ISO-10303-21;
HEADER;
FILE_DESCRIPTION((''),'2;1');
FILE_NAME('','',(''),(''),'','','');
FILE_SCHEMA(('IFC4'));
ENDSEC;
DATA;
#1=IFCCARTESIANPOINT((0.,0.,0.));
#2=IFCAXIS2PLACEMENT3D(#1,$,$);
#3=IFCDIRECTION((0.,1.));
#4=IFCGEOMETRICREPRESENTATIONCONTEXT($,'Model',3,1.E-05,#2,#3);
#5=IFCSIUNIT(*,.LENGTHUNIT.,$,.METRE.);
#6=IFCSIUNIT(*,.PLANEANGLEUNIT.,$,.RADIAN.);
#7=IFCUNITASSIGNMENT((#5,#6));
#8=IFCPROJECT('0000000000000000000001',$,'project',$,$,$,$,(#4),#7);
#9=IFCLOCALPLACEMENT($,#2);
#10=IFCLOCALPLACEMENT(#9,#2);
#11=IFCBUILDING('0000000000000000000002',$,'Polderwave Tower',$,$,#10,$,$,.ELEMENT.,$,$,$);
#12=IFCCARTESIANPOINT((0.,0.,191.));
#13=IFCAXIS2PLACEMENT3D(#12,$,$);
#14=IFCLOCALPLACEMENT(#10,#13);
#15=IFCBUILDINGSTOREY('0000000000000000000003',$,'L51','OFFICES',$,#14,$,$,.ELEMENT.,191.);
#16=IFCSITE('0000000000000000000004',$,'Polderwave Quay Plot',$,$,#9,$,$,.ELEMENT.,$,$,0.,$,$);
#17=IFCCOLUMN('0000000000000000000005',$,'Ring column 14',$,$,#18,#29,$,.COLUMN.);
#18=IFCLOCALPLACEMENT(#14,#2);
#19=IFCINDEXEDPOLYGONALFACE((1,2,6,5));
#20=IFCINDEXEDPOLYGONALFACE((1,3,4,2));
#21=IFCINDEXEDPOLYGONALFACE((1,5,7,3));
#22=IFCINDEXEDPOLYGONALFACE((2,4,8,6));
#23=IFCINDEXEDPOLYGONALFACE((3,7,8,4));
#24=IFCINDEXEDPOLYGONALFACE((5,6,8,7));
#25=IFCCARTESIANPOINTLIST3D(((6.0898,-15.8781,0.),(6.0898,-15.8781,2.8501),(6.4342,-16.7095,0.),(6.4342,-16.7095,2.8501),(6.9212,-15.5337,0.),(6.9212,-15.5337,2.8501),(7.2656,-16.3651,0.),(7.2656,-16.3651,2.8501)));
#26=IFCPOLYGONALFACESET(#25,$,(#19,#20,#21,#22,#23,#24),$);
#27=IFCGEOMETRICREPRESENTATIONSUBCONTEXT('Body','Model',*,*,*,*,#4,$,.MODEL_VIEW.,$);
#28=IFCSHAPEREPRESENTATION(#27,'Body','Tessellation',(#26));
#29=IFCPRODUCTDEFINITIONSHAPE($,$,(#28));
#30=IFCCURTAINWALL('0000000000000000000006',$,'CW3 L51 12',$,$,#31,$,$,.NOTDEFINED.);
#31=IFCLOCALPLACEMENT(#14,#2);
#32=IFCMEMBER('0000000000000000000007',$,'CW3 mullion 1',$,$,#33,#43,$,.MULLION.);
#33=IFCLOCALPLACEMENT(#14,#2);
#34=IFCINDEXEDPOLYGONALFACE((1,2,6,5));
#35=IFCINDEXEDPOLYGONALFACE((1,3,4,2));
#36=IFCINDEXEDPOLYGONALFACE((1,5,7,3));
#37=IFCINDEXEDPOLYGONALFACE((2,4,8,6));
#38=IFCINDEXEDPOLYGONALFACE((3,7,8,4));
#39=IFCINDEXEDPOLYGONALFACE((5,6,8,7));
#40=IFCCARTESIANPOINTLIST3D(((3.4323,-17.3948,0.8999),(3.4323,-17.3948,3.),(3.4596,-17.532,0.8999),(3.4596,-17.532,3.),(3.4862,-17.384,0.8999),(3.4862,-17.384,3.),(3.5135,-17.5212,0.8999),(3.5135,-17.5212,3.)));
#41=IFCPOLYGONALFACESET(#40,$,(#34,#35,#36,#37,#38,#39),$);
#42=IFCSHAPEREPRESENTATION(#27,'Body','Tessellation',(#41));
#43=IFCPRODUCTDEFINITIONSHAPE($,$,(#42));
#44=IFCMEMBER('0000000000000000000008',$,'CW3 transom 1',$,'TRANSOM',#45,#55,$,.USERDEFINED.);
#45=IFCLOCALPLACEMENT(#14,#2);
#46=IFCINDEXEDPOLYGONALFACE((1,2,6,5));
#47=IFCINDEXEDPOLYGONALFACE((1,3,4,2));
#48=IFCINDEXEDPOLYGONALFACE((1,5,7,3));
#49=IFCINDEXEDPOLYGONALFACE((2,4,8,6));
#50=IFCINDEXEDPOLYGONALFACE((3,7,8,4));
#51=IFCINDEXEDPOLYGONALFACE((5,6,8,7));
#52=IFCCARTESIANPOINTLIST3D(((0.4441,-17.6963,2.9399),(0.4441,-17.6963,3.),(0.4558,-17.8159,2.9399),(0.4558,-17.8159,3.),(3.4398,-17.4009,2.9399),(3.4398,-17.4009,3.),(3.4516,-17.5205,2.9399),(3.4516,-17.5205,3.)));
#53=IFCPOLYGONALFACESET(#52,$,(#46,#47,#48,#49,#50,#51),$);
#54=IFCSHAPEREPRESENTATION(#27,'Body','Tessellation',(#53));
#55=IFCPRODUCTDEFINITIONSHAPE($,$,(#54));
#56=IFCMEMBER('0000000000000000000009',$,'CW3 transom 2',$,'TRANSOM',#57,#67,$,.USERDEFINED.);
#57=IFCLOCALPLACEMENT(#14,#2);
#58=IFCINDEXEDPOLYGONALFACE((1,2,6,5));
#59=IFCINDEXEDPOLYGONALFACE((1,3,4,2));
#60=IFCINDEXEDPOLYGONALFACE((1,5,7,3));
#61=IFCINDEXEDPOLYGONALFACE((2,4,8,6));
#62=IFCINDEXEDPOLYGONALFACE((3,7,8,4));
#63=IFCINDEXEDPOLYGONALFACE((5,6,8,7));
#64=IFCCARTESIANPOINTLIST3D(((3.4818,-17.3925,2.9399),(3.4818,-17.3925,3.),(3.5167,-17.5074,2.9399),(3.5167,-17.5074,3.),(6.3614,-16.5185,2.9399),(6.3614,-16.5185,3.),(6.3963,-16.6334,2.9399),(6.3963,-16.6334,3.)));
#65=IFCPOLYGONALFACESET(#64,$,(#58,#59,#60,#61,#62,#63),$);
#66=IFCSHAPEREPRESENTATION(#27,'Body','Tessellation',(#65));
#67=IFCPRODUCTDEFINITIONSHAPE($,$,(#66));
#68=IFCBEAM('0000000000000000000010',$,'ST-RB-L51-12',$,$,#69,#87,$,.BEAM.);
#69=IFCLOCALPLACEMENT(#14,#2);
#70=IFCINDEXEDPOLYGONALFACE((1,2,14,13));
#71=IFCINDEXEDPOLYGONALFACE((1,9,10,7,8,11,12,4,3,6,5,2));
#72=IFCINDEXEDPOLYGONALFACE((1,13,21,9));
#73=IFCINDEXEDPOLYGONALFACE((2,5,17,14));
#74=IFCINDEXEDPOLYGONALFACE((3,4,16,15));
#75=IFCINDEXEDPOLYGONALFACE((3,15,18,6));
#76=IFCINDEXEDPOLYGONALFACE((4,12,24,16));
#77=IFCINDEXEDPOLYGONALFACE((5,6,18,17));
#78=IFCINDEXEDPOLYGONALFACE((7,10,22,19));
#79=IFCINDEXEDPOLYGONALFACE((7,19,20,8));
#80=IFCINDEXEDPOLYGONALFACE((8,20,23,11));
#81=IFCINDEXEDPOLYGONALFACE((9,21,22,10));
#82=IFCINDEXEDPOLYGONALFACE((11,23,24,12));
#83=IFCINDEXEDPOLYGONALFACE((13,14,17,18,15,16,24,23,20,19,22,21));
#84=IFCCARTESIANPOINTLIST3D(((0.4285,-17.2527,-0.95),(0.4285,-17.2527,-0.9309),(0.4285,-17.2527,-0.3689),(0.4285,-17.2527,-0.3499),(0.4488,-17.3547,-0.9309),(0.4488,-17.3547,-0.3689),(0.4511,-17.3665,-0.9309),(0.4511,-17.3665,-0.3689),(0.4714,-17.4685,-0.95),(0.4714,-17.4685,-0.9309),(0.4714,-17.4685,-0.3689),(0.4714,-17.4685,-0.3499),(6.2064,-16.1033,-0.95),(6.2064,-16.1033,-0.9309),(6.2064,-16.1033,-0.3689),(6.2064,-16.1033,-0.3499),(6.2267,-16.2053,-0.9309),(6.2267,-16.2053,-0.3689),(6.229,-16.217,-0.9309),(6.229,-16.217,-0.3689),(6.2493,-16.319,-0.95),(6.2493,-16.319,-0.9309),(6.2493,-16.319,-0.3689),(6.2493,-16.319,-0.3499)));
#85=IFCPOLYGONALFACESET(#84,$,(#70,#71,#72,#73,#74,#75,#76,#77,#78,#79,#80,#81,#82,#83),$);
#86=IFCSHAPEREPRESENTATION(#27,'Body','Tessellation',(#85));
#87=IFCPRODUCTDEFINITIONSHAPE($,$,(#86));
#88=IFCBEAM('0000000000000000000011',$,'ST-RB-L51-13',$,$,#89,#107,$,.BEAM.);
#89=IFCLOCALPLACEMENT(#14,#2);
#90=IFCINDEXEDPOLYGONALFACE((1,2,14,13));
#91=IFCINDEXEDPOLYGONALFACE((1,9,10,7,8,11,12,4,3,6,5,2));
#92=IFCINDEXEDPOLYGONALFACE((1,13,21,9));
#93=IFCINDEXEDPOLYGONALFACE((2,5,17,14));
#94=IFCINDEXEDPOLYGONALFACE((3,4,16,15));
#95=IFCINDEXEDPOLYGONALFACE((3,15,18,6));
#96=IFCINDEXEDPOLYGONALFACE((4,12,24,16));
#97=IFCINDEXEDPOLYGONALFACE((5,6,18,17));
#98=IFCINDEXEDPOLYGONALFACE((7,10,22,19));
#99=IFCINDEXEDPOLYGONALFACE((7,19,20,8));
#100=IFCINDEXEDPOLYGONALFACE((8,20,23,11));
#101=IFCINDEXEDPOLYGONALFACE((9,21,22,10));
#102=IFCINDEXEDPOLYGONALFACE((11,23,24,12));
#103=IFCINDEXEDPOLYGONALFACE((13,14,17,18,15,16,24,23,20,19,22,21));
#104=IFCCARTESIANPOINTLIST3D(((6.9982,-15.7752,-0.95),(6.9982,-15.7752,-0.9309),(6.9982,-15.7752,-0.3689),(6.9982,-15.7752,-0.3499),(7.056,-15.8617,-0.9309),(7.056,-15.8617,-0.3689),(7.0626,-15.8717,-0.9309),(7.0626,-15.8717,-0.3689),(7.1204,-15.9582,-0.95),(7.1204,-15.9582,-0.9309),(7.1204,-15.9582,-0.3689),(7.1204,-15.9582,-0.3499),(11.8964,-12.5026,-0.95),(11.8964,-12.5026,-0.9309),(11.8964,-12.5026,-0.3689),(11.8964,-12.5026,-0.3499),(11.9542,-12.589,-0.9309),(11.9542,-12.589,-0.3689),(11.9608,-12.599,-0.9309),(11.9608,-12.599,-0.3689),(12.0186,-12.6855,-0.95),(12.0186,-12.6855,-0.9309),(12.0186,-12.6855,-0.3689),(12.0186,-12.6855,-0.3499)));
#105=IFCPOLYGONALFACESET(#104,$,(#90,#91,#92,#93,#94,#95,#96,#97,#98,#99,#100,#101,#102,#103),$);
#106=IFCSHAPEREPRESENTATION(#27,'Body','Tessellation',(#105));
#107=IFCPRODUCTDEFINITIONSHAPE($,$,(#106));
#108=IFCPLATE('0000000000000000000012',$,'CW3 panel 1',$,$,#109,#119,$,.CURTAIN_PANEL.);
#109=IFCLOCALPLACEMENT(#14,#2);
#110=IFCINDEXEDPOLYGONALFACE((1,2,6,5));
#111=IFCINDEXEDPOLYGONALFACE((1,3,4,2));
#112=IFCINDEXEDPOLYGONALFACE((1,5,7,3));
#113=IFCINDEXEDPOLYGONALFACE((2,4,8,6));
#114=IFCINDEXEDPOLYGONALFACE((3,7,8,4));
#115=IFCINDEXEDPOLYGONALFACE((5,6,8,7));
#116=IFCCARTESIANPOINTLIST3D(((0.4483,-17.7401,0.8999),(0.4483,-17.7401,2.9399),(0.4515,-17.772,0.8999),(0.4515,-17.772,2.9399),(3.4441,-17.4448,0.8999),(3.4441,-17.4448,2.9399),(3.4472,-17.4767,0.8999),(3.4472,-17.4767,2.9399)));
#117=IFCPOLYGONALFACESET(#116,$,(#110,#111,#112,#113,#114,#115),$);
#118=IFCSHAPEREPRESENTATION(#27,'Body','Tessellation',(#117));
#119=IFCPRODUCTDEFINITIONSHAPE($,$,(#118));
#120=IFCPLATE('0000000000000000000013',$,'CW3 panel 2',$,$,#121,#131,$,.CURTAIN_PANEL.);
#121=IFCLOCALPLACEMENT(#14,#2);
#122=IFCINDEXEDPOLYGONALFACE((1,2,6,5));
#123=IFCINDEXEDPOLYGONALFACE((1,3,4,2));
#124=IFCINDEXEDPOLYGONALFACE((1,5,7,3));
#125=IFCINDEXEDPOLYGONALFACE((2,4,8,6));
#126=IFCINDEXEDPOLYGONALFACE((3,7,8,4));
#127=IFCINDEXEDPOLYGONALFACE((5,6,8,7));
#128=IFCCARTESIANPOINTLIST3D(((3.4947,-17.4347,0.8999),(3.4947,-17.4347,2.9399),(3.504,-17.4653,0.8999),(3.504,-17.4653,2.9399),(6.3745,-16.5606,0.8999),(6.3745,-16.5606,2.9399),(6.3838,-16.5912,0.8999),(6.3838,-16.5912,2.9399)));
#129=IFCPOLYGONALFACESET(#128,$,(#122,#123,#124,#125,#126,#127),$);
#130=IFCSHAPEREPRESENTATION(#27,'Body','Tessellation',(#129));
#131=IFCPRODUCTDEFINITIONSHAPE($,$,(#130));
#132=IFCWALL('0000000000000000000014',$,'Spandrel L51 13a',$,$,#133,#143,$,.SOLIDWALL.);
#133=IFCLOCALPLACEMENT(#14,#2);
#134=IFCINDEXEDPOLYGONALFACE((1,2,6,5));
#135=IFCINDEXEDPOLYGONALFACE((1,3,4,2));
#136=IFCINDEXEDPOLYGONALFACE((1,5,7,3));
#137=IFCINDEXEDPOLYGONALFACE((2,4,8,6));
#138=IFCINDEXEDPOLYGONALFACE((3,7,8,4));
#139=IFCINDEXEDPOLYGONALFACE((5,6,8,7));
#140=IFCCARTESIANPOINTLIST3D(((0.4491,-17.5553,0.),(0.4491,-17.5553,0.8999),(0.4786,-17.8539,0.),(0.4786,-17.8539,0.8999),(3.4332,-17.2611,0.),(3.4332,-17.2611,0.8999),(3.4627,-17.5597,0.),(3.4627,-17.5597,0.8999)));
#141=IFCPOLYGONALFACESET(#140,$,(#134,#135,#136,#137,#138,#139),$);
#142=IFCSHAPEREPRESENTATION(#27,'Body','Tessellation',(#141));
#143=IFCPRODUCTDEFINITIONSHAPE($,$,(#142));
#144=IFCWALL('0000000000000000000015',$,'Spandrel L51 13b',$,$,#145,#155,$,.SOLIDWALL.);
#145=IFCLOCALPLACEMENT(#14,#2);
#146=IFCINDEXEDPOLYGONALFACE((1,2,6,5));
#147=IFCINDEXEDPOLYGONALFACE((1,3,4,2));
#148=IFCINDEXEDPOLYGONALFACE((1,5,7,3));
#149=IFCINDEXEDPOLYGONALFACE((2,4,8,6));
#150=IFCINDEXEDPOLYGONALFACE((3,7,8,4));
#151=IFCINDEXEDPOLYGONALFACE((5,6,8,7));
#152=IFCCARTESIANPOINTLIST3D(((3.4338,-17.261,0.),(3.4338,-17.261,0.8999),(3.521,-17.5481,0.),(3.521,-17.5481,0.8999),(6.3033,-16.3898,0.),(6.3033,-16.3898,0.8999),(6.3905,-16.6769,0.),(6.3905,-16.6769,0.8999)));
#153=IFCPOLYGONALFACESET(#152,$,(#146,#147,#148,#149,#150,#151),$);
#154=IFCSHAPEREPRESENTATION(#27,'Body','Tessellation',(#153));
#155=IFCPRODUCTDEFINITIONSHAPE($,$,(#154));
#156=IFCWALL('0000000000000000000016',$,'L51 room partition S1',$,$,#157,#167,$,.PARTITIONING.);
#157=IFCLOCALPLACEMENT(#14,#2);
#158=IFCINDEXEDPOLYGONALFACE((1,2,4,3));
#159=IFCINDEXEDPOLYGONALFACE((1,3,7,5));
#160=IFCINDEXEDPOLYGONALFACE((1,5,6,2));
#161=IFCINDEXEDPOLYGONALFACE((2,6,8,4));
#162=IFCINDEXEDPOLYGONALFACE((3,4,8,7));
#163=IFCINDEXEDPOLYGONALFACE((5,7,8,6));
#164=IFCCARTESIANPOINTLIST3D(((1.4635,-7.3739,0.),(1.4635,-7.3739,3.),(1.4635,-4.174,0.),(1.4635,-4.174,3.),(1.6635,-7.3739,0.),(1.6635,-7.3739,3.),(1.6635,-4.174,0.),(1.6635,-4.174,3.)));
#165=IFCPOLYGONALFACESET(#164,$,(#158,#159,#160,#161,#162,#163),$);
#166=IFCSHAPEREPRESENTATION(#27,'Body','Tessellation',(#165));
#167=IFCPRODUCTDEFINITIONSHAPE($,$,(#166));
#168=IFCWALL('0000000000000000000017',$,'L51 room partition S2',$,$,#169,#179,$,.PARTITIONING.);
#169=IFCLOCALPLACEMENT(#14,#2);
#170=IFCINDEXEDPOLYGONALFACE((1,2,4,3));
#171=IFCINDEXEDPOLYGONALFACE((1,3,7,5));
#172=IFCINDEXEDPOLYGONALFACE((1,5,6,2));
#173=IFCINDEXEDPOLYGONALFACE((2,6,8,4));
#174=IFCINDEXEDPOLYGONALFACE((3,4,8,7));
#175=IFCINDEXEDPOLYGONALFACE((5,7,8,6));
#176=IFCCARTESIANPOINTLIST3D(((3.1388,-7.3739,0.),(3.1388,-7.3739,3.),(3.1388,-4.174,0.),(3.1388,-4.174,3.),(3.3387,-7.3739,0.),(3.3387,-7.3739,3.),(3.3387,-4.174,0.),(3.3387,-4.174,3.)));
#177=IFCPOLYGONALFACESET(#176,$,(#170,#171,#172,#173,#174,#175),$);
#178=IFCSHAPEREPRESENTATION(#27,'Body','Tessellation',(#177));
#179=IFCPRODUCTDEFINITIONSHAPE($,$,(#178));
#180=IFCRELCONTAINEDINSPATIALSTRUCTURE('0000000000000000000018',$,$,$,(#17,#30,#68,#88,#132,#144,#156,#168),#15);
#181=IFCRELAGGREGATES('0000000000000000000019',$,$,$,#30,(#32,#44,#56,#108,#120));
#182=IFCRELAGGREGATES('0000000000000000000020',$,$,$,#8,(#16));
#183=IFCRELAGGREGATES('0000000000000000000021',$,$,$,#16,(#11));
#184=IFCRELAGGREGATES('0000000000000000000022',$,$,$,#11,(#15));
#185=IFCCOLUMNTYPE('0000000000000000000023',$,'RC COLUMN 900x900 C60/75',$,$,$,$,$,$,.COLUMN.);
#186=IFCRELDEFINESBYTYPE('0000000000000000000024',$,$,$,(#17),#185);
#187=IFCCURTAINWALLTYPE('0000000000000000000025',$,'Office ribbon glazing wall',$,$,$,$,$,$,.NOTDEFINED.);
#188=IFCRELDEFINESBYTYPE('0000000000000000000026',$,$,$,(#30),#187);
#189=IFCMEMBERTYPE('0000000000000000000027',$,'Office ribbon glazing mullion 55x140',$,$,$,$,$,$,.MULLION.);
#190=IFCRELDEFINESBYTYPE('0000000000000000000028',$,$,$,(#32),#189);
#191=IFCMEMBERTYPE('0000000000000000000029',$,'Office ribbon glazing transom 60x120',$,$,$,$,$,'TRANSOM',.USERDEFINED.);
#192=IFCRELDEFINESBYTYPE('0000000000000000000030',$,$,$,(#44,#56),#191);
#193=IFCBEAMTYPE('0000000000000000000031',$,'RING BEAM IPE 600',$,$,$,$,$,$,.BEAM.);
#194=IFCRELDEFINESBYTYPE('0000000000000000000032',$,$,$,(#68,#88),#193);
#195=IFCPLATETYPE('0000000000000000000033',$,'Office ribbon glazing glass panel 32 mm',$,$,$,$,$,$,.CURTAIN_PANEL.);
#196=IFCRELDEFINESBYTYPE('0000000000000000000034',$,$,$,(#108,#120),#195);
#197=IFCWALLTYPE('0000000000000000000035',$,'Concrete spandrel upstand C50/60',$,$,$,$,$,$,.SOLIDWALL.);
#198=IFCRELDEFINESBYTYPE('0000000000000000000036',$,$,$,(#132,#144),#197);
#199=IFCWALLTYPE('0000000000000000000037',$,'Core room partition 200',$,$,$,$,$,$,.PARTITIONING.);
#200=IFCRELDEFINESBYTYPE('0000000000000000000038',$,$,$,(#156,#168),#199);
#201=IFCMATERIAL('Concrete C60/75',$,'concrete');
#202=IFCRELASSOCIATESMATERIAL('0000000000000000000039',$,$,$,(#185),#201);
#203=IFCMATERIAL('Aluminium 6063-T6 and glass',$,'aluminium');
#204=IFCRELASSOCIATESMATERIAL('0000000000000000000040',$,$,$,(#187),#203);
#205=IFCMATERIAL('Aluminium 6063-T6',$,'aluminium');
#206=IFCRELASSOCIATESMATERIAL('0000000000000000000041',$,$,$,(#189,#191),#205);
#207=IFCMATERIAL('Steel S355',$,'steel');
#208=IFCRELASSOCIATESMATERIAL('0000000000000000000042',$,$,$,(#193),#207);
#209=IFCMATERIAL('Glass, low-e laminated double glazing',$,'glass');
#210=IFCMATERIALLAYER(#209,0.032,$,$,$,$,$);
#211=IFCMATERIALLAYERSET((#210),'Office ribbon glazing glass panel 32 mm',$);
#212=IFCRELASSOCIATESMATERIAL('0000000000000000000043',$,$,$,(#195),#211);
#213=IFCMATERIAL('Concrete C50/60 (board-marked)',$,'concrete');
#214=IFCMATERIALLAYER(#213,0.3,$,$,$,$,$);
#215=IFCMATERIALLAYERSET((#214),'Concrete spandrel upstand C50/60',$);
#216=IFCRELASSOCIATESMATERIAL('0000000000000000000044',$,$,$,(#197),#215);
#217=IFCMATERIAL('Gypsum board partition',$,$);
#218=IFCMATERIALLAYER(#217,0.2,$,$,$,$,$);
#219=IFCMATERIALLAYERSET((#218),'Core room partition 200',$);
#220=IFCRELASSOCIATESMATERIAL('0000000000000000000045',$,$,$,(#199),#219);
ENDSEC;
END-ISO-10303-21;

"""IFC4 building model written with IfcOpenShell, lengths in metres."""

from ifc_helpers import new_model, si_unit, direction, frame, frame_2d, origin, origin_2d, place, context, subcontext, project, spatial, rectangle, i_section, extrude, material, layer, layer_set, material_profile, profile_set, type_object, element, aggregate, save


model = new_model("IFC4")

# Units and contexts
model_context = context("Model", 3, precision=1e-05, world=origin(), true_north=direction((0.0, 1.0)))
body_context = subcontext(model_context, "Body", "Model", "MODEL_VIEW")
ifc_project = project(units=[si_unit("LENGTHUNIT", "METRE"), si_unit("PLANEANGLEUNIT", "RADIAN")], contexts=[model_context])

# Site, building, storey
site_placement = place(None, origin())
site = spatial("IfcSite", under=ifc_project, at=site_placement, Name="Polderwave Quay Plot", CompositionType="ELEMENT", RefElevation=0.0)
building_placement = place(site_placement, origin())
building = spatial("IfcBuilding", under=site, at=building_placement, Name="Polderwave Tower", CompositionType="ELEMENT")
storey_placement = place(building_placement, frame((0.0, 0.0, 191.0)))
storey = spatial("IfcBuildingStorey", under=building, at=storey_placement, Name="L51", Description="OFFICES", CompositionType="ELEMENT", Elevation=191.0)

# Column
ifc_material_1 = material(Name="Concrete C60/75", Category="concrete")
ifc_material_profile_1 = material_profile(ifc_material_1, rectangle(XDim=0.8999, YDim=0.8999, at=origin_2d()), Name="RC 900x900")
ifc_profile_set_1 = profile_set([ifc_material_profile_1], Name="Concrete C60/75")
column_type = type_object("IfcColumnType", Name="RC COLUMN 900x900 C60/75", PredefinedType="COLUMN", material=ifc_profile_set_1)
column_placement = place(storey_placement, frame((6.6777, -16.1216, 0.0), z_axis=(0.0, 0.0, 1.0), x_axis=(0.382683, -0.92388, 0.0)))
element("IfcColumn", 1, at=column_placement, inside=storey, type_object=column_type, Name="Ring column 14", PredefinedType="COLUMN", context=body_context, shape_type="SweptSolid", body=[
    extrude(rectangle(XDim=0.8999, YDim=0.8999, at=origin_2d()), origin(), (0.0, 0.0, 1.0), 2.8501),
])

# Curtain wall, members
ifc_material_2 = material(Name="Aluminium 6063-T6 and glass", Category="aluminium")
curtain_wall_type = type_object("IfcCurtainWallType", Name="Office ribbon glazing wall", PredefinedType="NOTDEFINED", material=ifc_material_2)
curtain_wall_placement = place(storey_placement, origin())
curtain_wall = element("IfcCurtainWall", 2, at=curtain_wall_placement, inside=storey, type_object=curtain_wall_type, Name="CW3 L51 12", PredefinedType="NOTDEFINED")
ifc_material_3 = material(Name="Aluminium 6063-T6", Category="aluminium")
ifc_material_profile_2 = material_profile(ifc_material_3, rectangle(XDim=0.1399, YDim=0.0549, at=origin_2d()), Name="AL 55x140")
ifc_profile_set_2 = profile_set([ifc_material_profile_2], Name="Aluminium 6063-T6")
member_type_1 = type_object("IfcMemberType", Name="Office ribbon glazing mullion 55x140", PredefinedType="MULLION", material=ifc_profile_set_2)
member_1_placement = place(storey_placement, frame((3.4729, -17.458, 0.8999), z_axis=(0.0, 0.0, 1.0), x_axis=(-0.195205, 0.980762, 0.0)))
member_1 = element("IfcMember", 3, at=member_1_placement, type_object=member_type_1, Name="CW3 mullion 1", PredefinedType="MULLION", context=body_context, shape_type="SweptSolid", body=[
    extrude(rectangle(XDim=0.1399, YDim=0.0549, at=origin_2d()), origin(), (0.0, 0.0, 1.0), 2.1001),
])
ifc_material_profile_3 = material_profile(ifc_material_3, rectangle(XDim=0.1201, YDim=0.0601, at=origin_2d()), Name="AL 60x120")
ifc_profile_set_3 = profile_set([ifc_material_profile_3], Name="Aluminium 6063-T6")
member_type_2 = type_object("IfcMemberType", Name="Office ribbon glazing transom 60x120", ElementType="TRANSOM", PredefinedType="USERDEFINED", material=ifc_profile_set_3)
member_2_placement = place(storey_placement, frame((0.45, -17.7561, 2.97), z_axis=(0.995173, 0.098138, 0.0), x_axis=(-0.098138, 0.995173, 0.0)))
member_2 = element("IfcMember", 4, at=member_2_placement, type_object=member_type_2, Name="CW3 transom 1", ObjectType="TRANSOM", PredefinedType="USERDEFINED", context=body_context, shape_type="SweptSolid", body=[
    extrude(rectangle(XDim=0.1201, YDim=0.0601, at=origin_2d()), origin(), (0.0, 0.0, 1.0), 3.0103),
])
member_3_placement = place(storey_placement, frame((3.4993, -17.45, 2.97), z_axis=(0.956895, 0.290435, 0.0), x_axis=(-0.290435, 0.956895, 0.0)))
member_3 = element("IfcMember", 5, at=member_3_placement, type_object=member_type_2, Name="CW3 transom 2", ObjectType="TRANSOM", PredefinedType="USERDEFINED", context=body_context, shape_type="SweptSolid", body=[
    extrude(rectangle(XDim=0.1201, YDim=0.0601, at=origin_2d()), origin(), (0.0, 0.0, 1.0), 3.0093),
])

# Beams
ifc_material_4 = material(Name="Steel S355", Category="steel")
ifc_material_profile_4 = material_profile(ifc_material_4, i_section(OverallWidth=0.22, OverallDepth=0.6001, WebThickness=0.012, FlangeThickness=0.019, at=origin_2d()), Name="IPE 600")
ifc_profile_set_4 = profile_set([ifc_material_profile_4], Name="Steel S355")
beam_type = type_object("IfcBeamType", Name="RING BEAM IPE 600", PredefinedType="BEAM", material=ifc_profile_set_4)
beam_1_placement = place(storey_placement, frame((0.45, -17.3606, -0.6499), z_axis=(0.980781, 0.195112, 0.0), x_axis=(-0.195112, 0.980781, 0.0)))
element("IfcBeam", 6, at=beam_1_placement, inside=storey, type_object=beam_type, Name="ST-RB-L51-12", PredefinedType="BEAM", context=body_context, shape_type="SweptSolid", body=[
    extrude(i_section(OverallWidth=0.22, OverallDepth=0.6001, WebThickness=0.012, FlangeThickness=0.019, at=origin_2d()), origin(), (0.0, 0.0, 1.0), 5.8911),
])
beam_2_placement = place(storey_placement, frame((7.0593, -15.8667, -0.6499), z_axis=(0.831482, 0.555551, 0.0), x_axis=(-0.555551, 0.831482, 0.0)))
element("IfcBeam", 7, at=beam_2_placement, inside=storey, type_object=beam_type, Name="ST-RB-L51-13", PredefinedType="BEAM", context=body_context, shape_type="SweptSolid", body=[
    extrude(i_section(OverallWidth=0.22, OverallDepth=0.6001, WebThickness=0.012, FlangeThickness=0.019, at=origin_2d()), origin(), (0.0, 0.0, 1.0), 5.8909),
])

# Plates
ifc_material_5 = material(Name="Glass, low-e laminated double glazing", Category="glass")
ifc_layer_1 = layer(ifc_material_5, 0.032)
ifc_layer_set_1 = layer_set([ifc_layer_1], Name="Office ribbon glazing glass panel 32 mm")
plate_type = type_object("IfcPlateType", Name="Office ribbon glazing glass panel 32 mm", PredefinedType="CURTAIN_PANEL", material=ifc_layer_set_1)
plate_1_placement = place(storey_placement, frame((1.9478, -17.6084, 0.8999), z_axis=(0.0, 0.0, 1.0), x_axis=(0.995176, 0.098102, 0.0)))
plate_1 = element("IfcPlate", 8, at=plate_1_placement, type_object=plate_type, Name="CW3 panel 1", PredefinedType="CURTAIN_PANEL", context=body_context, shape_type="SweptSolid", body=[
    extrude(rectangle(XDim=3.0103, YDim=0.032, at=origin_2d()), origin(), (0.0, 0.0, 1.0), 2.04),
])
plate_2_placement = place(storey_placement, frame((4.9392, -17.0129, 0.8999), z_axis=(0.0, 0.0, 1.0), x_axis=(0.956897, 0.290428, 0.0)))
plate_2 = element("IfcPlate", 9, at=plate_2_placement, type_object=plate_type, Name="CW3 panel 2", PredefinedType="CURTAIN_PANEL", context=body_context, shape_type="SweptSolid", body=[
    extrude(rectangle(XDim=3.0095, YDim=0.032, at=origin_2d()), origin(), (0.0, 0.0, 1.0), 2.04),
])
aggregate(curtain_wall, [member_1, member_2, member_3, plate_1, plate_2])

# Walls
ifc_material_6 = material(Name="Concrete C50/60 (board-marked)", Category="concrete")
ifc_layer_2 = layer(ifc_material_6, 0.3)
ifc_layer_set_2 = layer_set([ifc_layer_2], Name="Concrete spandrel upstand C50/60")
wall_type_1 = type_object("IfcWallType", Name="Concrete spandrel upstand C50/60", PredefinedType="SOLIDWALL", material=ifc_layer_set_2)
wall_1_placement = place(storey_placement, frame((0.4639, -17.7046, 0.0), z_axis=(0.0, 0.0, 1.0), x_axis=(0.995176, 0.098109, 0.0)))
element("IfcWall", 10, at=wall_1_placement, inside=storey, type_object=wall_type_1, Name="Spandrel L51 13a", PredefinedType="SOLIDWALL", context=body_context, shape_type="SweptSolid", body=[
    extrude(rectangle(XDim=2.9985, YDim=0.3, at=frame_2d((1.4993, 0.0))), origin(), (0.0, 0.0, 1.0), 0.8999),
])
wall_2_placement = place(storey_placement, frame((3.4773, -17.4045, 0.0), z_axis=(0.0, 0.0, 1.0), x_axis=(0.956878, 0.290491, 0.0)))
element("IfcWall", 11, at=wall_2_placement, inside=storey, type_object=wall_type_1, Name="Spandrel L51 13b", PredefinedType="SOLIDWALL", context=body_context, shape_type="SweptSolid", body=[
    extrude(rectangle(XDim=2.9988, YDim=0.3, at=frame_2d((1.4995, 0.0))), origin(), (0.0, 0.0, 1.0), 0.8999),
])
ifc_material_7 = material(Name="Gypsum board partition")
ifc_layer_3 = layer(ifc_material_7, 0.2)
ifc_layer_set_3 = layer_set([ifc_layer_3], Name="Core room partition 200")
wall_type_2 = type_object("IfcWallType", Name="Core room partition 200", PredefinedType="PARTITIONING", material=ifc_layer_set_3)
for number, where, z_axis, x_axis, name in (
    (12, (1.5635, -7.374, 0.0), (0.0, 0.0, 1.0), (0.0, 1.0, 0.0), "L51 room partition S1"),
    (13, (3.2388, -7.374, 0.0), (0.0, 0.0, 1.0), (0.0, 1.0, 0.0), "L51 room partition S2"),
):
    element("IfcWall", number, at=place(storey_placement, frame(where, z_axis=z_axis, x_axis=x_axis)), inside=storey, type_object=wall_type_2, Name=name, PredefinedType="PARTITIONING", context=body_context, shape_type="SweptSolid", body=[
        extrude(rectangle(XDim=3.2, YDim=0.2, at=frame_2d((1.6001, 0.0))), origin(), (0.0, 0.0, 1.0), 3.0),
    ])

save(model, "model.ifc")
